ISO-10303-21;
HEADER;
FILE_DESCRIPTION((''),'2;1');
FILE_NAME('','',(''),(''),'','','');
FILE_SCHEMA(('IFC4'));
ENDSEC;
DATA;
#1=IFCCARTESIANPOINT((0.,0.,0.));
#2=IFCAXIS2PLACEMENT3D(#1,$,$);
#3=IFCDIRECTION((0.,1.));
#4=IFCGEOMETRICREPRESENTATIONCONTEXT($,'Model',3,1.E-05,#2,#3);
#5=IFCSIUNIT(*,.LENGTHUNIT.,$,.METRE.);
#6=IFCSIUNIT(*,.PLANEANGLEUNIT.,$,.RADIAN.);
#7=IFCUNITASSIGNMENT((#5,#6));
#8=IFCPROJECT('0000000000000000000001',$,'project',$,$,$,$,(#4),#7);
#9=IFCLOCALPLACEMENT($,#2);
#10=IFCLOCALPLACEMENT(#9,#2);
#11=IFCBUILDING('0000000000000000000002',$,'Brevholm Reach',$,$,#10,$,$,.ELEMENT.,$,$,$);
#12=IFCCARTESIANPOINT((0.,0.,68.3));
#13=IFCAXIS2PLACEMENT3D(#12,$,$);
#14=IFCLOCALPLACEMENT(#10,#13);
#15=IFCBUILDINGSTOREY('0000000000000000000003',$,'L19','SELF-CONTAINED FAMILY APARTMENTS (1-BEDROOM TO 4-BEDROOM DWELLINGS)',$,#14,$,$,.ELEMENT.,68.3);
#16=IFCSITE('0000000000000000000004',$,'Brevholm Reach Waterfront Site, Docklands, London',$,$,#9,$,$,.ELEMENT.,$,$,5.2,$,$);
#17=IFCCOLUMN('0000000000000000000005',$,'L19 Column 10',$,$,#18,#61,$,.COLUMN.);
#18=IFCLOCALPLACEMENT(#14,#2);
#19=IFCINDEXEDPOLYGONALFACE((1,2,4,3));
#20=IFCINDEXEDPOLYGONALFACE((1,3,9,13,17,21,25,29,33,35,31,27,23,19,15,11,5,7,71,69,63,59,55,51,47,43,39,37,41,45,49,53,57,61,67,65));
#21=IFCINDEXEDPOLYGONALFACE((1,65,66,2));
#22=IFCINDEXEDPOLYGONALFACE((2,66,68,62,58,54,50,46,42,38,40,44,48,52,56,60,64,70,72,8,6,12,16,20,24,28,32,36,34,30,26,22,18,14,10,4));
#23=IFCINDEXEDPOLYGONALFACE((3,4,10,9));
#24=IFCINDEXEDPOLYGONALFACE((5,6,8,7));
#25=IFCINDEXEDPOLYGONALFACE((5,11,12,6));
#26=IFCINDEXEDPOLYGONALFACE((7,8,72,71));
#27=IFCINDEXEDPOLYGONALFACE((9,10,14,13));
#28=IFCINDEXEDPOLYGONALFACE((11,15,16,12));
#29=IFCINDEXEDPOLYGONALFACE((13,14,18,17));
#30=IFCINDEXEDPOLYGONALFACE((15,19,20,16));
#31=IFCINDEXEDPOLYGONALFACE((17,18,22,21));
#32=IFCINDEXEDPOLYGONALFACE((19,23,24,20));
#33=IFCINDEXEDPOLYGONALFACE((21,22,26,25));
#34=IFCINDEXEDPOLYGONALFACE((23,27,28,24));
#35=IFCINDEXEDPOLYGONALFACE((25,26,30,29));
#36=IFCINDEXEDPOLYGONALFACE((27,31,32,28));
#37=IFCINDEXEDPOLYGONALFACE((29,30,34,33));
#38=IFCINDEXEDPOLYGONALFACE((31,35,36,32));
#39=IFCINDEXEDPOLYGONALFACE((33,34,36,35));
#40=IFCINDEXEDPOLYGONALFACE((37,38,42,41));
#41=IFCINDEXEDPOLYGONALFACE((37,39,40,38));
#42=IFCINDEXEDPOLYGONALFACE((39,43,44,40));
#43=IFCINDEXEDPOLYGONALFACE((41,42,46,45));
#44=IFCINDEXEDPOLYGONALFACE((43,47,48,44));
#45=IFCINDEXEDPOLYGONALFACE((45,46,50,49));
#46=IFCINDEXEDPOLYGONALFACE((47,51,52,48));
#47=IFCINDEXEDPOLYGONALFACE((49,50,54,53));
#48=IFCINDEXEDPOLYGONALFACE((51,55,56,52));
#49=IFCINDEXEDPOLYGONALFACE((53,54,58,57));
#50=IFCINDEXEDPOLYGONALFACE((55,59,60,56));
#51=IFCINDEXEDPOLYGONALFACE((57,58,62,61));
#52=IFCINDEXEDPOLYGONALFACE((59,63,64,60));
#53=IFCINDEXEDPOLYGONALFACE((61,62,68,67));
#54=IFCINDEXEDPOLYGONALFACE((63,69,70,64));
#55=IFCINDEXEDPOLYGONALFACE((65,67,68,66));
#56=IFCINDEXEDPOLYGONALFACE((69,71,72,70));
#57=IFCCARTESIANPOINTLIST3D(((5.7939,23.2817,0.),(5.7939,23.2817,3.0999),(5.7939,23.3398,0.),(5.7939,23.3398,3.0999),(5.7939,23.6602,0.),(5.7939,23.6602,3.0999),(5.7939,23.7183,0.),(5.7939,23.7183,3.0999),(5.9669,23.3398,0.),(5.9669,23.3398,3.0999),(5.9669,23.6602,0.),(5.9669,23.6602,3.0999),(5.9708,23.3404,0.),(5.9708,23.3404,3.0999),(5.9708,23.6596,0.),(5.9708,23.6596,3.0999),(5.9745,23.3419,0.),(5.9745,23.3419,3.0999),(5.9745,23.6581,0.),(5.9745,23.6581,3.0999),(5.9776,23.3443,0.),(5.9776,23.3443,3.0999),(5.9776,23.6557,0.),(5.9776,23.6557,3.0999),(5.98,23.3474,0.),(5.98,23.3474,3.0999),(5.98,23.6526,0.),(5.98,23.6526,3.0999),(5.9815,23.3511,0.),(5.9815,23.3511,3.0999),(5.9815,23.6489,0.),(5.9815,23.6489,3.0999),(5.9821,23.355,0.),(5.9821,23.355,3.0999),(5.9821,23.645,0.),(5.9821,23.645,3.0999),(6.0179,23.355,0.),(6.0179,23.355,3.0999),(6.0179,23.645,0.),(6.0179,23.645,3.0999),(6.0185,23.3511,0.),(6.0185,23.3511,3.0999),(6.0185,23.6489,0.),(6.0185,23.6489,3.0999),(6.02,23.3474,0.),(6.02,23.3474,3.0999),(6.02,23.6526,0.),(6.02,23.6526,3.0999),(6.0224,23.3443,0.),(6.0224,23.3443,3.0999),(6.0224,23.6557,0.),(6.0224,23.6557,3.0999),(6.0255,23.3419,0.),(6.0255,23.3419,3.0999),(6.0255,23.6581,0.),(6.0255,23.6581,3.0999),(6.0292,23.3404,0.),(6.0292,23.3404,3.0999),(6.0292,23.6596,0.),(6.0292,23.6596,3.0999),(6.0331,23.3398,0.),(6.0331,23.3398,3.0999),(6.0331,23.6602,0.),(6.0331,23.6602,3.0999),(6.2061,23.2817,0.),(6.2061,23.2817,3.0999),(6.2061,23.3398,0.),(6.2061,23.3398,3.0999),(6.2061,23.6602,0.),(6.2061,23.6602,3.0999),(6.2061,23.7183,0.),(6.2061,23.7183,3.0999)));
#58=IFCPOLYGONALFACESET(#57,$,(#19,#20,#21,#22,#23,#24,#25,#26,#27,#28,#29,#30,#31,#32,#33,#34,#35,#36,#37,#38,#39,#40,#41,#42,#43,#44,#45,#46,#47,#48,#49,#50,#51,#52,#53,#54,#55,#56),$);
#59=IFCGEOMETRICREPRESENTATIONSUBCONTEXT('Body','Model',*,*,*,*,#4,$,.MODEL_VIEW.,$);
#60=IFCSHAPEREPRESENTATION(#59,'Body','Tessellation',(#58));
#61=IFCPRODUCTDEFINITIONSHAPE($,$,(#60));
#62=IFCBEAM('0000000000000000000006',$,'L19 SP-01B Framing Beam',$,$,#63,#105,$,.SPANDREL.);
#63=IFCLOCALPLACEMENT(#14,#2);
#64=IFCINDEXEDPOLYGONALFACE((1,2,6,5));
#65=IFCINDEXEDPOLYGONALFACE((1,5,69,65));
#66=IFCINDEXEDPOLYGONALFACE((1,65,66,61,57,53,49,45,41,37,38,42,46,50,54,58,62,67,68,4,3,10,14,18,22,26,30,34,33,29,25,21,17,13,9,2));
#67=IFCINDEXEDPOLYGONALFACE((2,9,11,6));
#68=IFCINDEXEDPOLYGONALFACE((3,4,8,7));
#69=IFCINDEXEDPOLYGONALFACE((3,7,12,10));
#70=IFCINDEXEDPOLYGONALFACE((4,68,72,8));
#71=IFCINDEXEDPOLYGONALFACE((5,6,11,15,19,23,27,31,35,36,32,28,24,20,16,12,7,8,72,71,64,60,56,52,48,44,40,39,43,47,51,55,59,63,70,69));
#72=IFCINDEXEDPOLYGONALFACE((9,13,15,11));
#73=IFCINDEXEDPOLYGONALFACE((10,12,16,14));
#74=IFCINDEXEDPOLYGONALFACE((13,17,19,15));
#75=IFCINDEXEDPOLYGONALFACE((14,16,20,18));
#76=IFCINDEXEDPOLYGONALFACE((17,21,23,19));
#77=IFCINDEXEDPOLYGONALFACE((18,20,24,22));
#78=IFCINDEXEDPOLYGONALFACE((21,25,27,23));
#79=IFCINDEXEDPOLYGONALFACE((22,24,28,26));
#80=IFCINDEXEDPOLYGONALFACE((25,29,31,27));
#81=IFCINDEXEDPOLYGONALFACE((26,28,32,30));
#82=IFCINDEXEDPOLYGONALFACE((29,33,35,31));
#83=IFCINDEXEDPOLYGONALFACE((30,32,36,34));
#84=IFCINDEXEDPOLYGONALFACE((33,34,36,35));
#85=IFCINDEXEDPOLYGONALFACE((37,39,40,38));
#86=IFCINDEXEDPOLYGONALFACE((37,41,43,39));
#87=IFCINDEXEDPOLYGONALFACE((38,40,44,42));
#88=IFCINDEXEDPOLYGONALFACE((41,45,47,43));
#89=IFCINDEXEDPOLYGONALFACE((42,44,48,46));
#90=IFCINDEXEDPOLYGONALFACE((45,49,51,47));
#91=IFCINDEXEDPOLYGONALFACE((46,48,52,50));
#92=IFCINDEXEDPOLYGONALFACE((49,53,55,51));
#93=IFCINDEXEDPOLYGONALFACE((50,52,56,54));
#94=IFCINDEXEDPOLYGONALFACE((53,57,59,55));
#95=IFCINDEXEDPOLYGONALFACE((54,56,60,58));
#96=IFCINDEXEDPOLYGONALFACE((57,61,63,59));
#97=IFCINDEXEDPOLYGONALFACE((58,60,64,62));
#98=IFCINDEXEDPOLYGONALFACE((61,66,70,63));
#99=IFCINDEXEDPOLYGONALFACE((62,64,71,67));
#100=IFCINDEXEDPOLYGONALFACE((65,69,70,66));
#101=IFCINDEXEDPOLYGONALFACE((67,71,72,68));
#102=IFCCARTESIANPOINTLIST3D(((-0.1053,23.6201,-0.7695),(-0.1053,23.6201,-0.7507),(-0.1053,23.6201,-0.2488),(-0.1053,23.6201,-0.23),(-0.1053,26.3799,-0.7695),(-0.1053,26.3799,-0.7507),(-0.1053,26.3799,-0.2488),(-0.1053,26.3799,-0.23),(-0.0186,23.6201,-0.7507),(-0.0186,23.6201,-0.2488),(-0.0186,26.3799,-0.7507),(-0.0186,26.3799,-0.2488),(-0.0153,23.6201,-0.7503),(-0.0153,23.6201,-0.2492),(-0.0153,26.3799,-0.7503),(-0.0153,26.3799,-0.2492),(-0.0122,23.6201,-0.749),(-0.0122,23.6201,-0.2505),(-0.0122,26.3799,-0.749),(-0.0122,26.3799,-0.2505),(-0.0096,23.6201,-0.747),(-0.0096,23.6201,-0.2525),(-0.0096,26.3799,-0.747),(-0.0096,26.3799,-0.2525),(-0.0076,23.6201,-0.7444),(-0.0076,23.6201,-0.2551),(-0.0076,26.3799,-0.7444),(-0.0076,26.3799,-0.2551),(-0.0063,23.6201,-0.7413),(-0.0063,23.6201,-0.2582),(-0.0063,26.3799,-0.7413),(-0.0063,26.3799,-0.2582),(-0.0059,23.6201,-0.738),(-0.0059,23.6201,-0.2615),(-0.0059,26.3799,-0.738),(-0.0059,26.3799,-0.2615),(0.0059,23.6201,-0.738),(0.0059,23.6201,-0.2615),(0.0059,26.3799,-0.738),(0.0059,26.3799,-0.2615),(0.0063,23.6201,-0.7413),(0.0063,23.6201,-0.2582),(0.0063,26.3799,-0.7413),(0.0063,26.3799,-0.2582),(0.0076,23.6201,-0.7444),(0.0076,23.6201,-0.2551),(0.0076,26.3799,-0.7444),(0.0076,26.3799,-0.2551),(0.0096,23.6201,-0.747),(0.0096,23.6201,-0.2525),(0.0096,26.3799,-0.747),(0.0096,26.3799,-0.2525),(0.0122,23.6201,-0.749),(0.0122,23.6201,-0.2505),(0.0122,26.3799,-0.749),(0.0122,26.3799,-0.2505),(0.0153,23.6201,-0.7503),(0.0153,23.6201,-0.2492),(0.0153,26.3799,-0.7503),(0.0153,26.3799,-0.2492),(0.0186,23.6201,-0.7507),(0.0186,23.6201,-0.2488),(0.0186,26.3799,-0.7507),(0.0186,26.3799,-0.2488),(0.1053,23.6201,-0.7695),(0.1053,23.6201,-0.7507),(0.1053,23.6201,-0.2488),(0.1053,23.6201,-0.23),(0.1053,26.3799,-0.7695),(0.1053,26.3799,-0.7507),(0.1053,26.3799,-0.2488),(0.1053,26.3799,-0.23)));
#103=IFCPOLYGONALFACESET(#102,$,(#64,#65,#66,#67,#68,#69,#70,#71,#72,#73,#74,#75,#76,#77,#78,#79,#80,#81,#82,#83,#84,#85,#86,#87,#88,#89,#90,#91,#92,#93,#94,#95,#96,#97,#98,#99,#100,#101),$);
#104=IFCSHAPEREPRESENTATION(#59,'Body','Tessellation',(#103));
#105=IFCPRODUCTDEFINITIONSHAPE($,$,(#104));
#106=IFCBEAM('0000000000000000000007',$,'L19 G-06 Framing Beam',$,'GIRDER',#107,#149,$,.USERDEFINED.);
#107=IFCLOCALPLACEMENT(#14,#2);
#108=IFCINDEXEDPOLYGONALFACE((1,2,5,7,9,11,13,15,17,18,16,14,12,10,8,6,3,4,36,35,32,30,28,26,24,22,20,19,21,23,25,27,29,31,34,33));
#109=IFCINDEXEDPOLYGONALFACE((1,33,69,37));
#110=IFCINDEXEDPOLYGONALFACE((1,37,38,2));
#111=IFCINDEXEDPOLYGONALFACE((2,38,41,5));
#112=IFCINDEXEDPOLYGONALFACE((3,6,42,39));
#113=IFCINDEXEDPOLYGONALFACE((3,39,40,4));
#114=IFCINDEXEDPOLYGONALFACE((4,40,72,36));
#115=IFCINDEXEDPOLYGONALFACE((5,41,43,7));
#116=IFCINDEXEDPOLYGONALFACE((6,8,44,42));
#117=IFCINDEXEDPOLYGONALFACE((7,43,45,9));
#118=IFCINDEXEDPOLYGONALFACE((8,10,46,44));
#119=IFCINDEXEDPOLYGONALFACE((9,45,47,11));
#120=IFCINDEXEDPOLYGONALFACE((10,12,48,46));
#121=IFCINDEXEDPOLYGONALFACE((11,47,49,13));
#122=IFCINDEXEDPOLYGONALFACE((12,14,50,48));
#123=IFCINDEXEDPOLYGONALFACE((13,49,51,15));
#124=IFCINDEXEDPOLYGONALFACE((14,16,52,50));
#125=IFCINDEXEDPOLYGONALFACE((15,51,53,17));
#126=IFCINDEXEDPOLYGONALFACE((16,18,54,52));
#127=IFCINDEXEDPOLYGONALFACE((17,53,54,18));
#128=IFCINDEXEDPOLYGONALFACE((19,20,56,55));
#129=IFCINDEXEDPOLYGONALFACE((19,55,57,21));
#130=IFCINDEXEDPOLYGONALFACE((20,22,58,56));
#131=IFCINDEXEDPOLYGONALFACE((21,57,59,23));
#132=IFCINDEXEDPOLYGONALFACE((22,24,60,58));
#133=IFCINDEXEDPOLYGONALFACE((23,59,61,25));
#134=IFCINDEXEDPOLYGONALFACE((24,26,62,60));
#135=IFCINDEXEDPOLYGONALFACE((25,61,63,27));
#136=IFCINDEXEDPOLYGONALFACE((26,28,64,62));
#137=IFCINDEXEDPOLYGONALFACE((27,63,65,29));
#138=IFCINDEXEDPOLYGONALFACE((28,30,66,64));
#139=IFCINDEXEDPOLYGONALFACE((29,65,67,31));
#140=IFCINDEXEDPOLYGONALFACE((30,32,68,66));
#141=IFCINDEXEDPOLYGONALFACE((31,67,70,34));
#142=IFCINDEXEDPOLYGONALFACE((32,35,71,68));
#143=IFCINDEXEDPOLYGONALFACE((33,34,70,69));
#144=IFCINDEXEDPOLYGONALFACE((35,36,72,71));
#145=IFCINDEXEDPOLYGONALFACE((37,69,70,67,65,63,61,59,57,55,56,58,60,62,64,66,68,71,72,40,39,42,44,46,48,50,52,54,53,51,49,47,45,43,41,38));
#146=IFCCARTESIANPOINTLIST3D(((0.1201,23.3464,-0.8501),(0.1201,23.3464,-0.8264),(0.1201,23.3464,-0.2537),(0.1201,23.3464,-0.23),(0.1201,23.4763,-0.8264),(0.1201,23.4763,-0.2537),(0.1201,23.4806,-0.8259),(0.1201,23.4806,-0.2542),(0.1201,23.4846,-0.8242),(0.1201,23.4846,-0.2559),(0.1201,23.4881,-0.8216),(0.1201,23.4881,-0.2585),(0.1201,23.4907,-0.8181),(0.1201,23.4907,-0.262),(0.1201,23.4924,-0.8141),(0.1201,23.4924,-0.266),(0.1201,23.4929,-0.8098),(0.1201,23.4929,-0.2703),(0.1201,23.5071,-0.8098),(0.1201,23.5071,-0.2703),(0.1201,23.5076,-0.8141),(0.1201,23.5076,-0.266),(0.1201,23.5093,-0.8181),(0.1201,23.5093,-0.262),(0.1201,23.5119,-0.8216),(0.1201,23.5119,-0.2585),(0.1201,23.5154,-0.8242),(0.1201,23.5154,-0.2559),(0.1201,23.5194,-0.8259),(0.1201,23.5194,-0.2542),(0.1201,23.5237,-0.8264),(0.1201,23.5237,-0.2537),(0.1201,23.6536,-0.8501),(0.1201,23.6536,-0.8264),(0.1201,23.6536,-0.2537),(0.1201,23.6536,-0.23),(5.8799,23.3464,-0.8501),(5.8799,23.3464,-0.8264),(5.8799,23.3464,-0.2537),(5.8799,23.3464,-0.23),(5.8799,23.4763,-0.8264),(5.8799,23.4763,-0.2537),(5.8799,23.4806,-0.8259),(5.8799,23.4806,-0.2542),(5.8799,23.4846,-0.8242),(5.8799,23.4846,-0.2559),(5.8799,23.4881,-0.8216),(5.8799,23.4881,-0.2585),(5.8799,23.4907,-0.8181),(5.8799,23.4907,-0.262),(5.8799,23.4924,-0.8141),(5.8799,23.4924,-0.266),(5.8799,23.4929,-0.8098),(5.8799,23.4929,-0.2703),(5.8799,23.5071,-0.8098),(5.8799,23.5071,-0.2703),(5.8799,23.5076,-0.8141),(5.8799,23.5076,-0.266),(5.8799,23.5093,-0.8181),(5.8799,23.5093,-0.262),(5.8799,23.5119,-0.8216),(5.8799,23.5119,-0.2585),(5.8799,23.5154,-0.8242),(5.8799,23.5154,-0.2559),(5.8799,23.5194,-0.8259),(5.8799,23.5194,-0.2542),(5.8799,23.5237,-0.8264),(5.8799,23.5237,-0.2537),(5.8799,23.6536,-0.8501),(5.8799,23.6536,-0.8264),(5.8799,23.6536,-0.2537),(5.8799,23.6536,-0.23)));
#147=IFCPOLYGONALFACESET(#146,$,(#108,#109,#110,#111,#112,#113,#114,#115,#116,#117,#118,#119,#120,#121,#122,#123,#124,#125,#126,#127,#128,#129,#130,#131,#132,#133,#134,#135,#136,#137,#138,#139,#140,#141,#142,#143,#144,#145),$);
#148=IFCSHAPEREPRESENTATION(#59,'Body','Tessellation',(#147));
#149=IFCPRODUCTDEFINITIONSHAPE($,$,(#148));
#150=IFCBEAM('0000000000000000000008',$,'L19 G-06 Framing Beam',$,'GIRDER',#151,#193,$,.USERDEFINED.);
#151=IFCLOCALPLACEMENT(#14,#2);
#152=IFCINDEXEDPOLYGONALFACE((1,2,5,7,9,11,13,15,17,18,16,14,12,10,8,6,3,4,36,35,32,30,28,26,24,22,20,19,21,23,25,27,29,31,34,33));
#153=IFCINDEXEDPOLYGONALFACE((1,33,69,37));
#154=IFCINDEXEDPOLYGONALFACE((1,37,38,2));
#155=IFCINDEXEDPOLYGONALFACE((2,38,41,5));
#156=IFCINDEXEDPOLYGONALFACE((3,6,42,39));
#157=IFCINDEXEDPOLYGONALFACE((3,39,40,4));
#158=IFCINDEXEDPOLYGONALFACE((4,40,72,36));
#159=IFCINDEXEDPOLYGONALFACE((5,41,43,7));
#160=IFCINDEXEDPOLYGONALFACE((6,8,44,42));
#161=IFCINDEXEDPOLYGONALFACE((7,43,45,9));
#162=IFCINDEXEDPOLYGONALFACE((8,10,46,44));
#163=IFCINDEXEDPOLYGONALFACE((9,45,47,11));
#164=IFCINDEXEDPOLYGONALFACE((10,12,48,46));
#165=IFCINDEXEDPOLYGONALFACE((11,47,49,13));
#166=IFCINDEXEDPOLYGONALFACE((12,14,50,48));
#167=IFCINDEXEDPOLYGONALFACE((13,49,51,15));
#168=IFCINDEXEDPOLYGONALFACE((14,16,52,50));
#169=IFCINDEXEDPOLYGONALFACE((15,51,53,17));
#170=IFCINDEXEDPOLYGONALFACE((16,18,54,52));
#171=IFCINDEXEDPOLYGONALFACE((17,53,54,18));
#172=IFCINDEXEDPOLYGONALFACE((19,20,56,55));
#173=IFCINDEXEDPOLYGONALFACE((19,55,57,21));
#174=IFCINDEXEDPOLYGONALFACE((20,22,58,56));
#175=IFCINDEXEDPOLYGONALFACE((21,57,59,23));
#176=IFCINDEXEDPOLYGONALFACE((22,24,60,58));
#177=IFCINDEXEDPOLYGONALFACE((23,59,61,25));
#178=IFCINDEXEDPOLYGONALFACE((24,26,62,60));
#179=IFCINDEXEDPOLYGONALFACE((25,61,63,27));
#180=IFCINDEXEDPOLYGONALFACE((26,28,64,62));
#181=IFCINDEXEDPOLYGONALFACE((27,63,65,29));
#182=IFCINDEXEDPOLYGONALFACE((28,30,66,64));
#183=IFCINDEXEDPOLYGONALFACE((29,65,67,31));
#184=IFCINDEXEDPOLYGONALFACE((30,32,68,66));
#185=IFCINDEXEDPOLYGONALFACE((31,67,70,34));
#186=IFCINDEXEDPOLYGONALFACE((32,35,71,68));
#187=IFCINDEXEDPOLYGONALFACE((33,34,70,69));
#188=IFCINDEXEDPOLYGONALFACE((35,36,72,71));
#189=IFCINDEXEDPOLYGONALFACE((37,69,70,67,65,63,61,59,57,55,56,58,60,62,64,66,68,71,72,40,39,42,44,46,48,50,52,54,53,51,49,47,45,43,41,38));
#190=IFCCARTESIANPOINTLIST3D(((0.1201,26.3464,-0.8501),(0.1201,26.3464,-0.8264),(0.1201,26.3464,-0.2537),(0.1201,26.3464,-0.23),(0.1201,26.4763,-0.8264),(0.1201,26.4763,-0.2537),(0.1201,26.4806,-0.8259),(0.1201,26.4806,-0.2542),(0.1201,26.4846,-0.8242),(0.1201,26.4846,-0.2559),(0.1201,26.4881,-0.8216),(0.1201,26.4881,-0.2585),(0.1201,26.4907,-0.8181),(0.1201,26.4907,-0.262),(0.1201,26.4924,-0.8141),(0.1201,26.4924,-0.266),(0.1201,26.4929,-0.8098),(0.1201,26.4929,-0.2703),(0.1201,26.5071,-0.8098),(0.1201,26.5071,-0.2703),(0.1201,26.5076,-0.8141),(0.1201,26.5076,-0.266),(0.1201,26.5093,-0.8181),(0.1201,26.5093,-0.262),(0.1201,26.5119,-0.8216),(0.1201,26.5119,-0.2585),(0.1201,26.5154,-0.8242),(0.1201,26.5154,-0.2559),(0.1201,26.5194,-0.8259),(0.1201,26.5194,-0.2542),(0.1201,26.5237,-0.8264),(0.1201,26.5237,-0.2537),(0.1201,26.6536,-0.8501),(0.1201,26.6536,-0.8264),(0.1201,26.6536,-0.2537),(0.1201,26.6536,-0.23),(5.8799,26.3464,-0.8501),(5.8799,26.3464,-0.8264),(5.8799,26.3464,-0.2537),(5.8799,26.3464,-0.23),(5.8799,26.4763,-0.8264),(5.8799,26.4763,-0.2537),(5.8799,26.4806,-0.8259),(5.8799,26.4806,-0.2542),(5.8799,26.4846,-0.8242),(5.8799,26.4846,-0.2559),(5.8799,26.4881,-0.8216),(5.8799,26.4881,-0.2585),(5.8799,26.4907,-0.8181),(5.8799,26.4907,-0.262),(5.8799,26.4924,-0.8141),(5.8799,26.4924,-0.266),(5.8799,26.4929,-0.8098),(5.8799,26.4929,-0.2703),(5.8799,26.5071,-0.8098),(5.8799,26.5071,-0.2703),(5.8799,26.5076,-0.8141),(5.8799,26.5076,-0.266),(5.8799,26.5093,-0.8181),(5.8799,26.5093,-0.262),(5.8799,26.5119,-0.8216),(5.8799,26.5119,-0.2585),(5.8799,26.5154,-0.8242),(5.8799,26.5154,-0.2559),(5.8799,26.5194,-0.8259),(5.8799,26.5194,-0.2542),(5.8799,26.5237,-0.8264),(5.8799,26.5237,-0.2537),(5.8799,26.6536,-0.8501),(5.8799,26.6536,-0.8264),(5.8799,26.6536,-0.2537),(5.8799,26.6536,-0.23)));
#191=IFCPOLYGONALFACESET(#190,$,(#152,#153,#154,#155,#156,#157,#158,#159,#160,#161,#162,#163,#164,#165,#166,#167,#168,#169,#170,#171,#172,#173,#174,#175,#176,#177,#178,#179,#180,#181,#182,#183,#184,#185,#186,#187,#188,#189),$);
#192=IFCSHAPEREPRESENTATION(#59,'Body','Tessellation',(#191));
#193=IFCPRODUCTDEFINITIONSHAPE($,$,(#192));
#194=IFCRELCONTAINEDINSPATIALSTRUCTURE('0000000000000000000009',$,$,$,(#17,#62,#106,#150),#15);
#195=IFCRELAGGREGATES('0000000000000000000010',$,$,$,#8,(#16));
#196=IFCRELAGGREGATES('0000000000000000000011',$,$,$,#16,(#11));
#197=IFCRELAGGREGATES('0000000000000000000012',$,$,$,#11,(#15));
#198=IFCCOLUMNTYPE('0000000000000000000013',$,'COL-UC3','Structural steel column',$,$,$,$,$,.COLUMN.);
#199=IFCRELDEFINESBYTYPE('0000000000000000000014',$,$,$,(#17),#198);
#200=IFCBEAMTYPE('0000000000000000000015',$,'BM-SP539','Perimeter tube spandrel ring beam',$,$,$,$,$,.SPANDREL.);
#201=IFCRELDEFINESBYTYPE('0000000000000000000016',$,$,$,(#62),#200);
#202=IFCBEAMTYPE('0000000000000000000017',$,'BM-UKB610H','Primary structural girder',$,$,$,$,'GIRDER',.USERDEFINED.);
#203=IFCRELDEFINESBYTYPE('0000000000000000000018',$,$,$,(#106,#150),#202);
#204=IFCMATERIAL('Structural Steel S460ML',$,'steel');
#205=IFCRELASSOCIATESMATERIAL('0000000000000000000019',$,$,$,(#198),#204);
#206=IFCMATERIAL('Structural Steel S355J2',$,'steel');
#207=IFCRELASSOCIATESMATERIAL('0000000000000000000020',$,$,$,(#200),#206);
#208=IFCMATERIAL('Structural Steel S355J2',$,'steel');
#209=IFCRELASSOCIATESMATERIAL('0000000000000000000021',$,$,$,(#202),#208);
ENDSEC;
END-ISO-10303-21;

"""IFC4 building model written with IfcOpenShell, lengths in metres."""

from ifc_helpers import new_model, si_unit, direction, frame, origin, origin_2d, place, context, subcontext, project, spatial, i_section, extrude, material, material_profile, profile_set, type_object, element, save


model = new_model("IFC4")

# Units and contexts
model_context = context("Model", 3, precision=1e-05, world=origin(), true_north=direction((0.0, 1.0)))
body_context = subcontext(model_context, "Body", "Model", "MODEL_VIEW")
ifc_project = project(units=[si_unit("LENGTHUNIT", "METRE"), si_unit("PLANEANGLEUNIT", "RADIAN")], contexts=[model_context])

# Site, building, storey
site_placement = place(None, origin())
site = spatial("IfcSite", under=ifc_project, at=site_placement, Name="Brevholm Reach Waterfront Site, Docklands, London", CompositionType="ELEMENT", RefElevation=5.2)
building_placement = place(site_placement, origin())
building = spatial("IfcBuilding", under=site, at=building_placement, Name="Brevholm Reach", CompositionType="ELEMENT")
storey_placement = place(building_placement, frame((0.0, 0.0, 68.3)))
storey = spatial("IfcBuildingStorey", under=building, at=storey_placement, Name="L19", Description="SELF-CONTAINED FAMILY APARTMENTS (1-BEDROOM TO 4-BEDROOM DWELLINGS)", CompositionType="ELEMENT", Elevation=68.3)

# Column
ifc_material_1 = material(Name="Structural Steel S460ML", Category="steel")
ifc_material_profile_1 = material_profile(ifc_material_1, i_section(OverallWidth=0.4121, OverallDepth=0.4365, WebThickness=0.0359, FlangeThickness=0.0581, FilletRadius=0.0151, at=origin_2d()), Name="UKC 356x406x467")
ifc_profile_set_1 = profile_set([ifc_material_profile_1], Name="Structural Steel S460ML")
column_type_1 = type_object("IfcColumnType", Name="COL-UC3", Description="Structural steel column", PredefinedType="COLUMN", material=ifc_profile_set_1)
column_1_placement = place(storey_placement, frame((6.0, 23.5, 0.0), z_axis=(0.0, 0.0, 1.0), x_axis=(1.0, 0.0, 0.0)))
element("IfcColumn", 1, at=column_1_placement, inside=storey, type_object=column_type_1, Name="L19 Column 10", PredefinedType="COLUMN", context=body_context, shape_type="SweptSolid", body=[
    extrude(i_section(OverallWidth=0.4121, OverallDepth=0.4365, WebThickness=0.0359, FlangeThickness=0.0581, FilletRadius=0.0151, at=origin_2d()), origin(), (0.0, 0.0, 1.0), 3.0999),
])

# Beams
ifc_material_2 = material(Name="Structural Steel S355J2", Category="steel")
ifc_material_profile_2 = material_profile(ifc_material_2, i_section(OverallWidth=0.2107, OverallDepth=0.5396, WebThickness=0.0117, FlangeThickness=0.0188, FilletRadius=0.0127, at=origin_2d()), Name="UKB 533x210x109")
ifc_profile_set_2 = profile_set([ifc_material_profile_2], Name="Structural Steel S355J2")
beam_type_1 = type_object("IfcBeamType", Name="BM-SP539", Description="Perimeter tube spandrel ring beam", PredefinedType="SPANDREL", material=ifc_profile_set_2)
beam_1_placement = place(storey_placement, frame((0.0, 23.6201, -0.4998), z_axis=(0.0, 1.0, 0.0), x_axis=(-1.0, 0.0, 0.0)))
element("IfcBeam", 2, at=beam_1_placement, inside=storey, type_object=beam_type_1, Name="L19 SP-01B Framing Beam", PredefinedType="SPANDREL", context=body_context, shape_type="SweptSolid", body=[
    extrude(i_section(OverallWidth=0.2107, OverallDepth=0.5396, WebThickness=0.0117, FlangeThickness=0.0188, FilletRadius=0.0127, at=origin_2d()), origin(), (0.0, 0.0, 1.0), 2.7598),
])
ifc_material_3 = material(Name="Structural Steel S355J2", Category="steel")
ifc_material_profile_3 = material_profile(ifc_material_3, i_section(OverallWidth=0.3071, OverallDepth=0.6201, WebThickness=0.0142, FlangeThickness=0.0237, FilletRadius=0.0166, at=origin_2d()), Name="UKB 610x305x179")
ifc_profile_set_3 = profile_set([ifc_material_profile_3], Name="Structural Steel S355J2")
beam_type_2 = type_object("IfcBeamType", Name="BM-UKB610H", Description="Primary structural girder", ElementType="GIRDER", PredefinedType="USERDEFINED", material=ifc_profile_set_3)
for number, where, z_axis, x_axis, name in (
    (3, (0.1201, 23.5, -0.54), (1.0, 0.0, 0.0), (0.0, 1.0, 0.0), "L19 G-06 Framing Beam"),
    (4, (0.1201, 26.5, -0.54), (1.0, 0.0, 0.0), (0.0, 1.0, 0.0), "L19 G-06 Framing Beam"),
):
    element("IfcBeam", number, at=place(storey_placement, frame(where, z_axis=z_axis, x_axis=x_axis)), inside=storey, type_object=beam_type_2, Name=name, ObjectType="GIRDER", PredefinedType="USERDEFINED", context=body_context, shape_type="SweptSolid", body=[
        extrude(i_section(OverallWidth=0.3071, OverallDepth=0.6201, WebThickness=0.0142, FlangeThickness=0.0237, FilletRadius=0.0166, at=origin_2d()), origin(), (0.0, 0.0, 1.0), 5.7598),
    ])

save(model, "model.ifc")
